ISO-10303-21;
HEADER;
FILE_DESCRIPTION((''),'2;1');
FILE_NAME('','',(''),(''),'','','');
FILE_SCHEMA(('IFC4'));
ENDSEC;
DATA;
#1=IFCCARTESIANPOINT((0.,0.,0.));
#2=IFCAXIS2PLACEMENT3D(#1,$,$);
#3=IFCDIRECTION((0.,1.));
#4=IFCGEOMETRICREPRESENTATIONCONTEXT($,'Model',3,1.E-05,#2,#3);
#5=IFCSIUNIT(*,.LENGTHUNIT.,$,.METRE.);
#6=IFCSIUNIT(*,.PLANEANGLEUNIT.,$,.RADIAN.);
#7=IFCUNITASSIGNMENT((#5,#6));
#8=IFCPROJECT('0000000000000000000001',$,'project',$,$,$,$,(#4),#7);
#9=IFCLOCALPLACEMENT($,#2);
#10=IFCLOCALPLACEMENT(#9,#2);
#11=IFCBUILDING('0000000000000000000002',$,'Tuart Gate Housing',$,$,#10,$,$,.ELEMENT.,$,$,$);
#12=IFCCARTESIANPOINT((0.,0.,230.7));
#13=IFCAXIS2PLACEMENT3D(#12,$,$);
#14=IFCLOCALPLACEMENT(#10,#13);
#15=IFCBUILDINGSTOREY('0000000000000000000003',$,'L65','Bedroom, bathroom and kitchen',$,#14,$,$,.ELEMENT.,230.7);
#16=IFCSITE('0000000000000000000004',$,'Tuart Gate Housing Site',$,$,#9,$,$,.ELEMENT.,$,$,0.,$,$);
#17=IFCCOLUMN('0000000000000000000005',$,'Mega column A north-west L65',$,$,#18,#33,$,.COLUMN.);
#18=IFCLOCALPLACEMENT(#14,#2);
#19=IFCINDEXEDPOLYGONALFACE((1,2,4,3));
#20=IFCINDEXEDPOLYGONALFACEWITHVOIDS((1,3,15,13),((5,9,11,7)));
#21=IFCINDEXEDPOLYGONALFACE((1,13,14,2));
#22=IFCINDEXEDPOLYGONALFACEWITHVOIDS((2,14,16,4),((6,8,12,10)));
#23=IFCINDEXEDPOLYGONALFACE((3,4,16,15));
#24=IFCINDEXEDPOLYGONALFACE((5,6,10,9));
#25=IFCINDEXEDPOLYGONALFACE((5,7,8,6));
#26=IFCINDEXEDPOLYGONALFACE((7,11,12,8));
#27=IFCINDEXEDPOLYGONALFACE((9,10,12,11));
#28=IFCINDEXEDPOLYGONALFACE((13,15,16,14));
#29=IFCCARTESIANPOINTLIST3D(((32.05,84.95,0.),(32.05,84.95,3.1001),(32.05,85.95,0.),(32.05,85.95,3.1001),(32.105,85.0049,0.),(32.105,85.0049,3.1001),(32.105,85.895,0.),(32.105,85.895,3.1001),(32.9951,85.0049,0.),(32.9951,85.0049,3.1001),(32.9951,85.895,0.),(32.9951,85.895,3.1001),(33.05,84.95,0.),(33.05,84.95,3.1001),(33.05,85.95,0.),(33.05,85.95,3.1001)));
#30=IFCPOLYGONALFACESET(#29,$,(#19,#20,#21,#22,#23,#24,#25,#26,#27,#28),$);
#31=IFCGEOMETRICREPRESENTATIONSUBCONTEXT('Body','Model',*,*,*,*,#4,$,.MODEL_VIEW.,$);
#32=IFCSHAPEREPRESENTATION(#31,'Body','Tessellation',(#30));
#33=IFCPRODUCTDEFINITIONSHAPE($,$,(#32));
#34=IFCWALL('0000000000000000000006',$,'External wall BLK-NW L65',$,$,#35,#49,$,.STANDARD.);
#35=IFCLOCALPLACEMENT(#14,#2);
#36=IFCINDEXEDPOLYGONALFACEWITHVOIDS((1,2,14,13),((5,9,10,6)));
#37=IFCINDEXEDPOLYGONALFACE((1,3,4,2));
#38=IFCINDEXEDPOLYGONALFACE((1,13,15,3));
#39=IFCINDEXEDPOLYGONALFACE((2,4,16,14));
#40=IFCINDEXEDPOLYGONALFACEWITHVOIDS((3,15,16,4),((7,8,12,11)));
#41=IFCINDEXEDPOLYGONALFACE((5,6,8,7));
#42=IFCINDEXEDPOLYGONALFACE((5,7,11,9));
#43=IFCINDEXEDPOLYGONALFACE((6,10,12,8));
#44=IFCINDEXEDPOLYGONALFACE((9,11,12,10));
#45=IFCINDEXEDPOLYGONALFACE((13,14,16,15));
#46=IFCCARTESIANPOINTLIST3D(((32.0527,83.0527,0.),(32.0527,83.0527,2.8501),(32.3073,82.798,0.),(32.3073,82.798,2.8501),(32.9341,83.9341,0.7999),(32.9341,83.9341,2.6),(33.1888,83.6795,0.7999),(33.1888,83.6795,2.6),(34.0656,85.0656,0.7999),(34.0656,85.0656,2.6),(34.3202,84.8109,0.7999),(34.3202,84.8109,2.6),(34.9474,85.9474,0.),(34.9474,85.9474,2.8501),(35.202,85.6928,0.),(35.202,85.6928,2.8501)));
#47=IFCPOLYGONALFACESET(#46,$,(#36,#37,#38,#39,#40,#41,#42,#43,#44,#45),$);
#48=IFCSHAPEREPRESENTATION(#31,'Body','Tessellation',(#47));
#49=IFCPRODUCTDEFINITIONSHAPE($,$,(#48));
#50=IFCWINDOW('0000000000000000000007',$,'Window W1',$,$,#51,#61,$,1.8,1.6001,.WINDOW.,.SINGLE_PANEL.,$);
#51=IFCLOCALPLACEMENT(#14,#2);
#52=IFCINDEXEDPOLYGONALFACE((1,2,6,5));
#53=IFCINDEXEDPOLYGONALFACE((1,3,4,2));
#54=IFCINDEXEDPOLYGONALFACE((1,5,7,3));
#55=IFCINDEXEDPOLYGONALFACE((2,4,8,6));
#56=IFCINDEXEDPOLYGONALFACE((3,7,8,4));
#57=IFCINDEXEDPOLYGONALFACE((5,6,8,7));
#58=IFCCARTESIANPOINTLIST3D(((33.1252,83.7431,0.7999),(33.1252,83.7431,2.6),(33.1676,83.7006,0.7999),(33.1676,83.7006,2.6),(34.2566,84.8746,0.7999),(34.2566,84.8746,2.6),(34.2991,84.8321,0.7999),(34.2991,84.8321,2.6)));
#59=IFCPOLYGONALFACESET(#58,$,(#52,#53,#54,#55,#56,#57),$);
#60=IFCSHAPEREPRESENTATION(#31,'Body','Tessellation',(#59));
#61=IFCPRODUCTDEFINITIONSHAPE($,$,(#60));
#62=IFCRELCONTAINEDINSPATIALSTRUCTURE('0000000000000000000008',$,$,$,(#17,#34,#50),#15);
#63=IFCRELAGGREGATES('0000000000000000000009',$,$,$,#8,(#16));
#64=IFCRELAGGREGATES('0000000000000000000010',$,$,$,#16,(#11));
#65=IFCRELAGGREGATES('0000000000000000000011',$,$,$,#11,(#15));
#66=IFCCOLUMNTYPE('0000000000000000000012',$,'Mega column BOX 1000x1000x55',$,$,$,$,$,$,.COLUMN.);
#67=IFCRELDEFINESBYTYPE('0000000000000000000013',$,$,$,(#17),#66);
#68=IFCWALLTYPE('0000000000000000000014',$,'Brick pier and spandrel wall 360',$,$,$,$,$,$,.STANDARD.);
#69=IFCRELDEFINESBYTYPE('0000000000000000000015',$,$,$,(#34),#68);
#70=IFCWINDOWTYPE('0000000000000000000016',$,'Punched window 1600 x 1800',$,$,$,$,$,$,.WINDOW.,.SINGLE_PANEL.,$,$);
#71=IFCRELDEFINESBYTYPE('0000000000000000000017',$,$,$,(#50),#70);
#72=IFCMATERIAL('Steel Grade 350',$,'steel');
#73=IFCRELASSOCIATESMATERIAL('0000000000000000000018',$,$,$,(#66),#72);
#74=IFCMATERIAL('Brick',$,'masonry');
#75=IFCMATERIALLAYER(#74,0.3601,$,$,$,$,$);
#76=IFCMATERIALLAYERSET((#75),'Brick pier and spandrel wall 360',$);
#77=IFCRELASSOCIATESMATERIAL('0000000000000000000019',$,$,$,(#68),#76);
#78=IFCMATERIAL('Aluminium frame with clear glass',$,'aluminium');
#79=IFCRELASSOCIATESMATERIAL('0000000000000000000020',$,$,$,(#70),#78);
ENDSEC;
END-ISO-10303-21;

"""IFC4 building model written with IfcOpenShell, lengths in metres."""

from ifc_helpers import new_model, si_unit, direction, frame, frame_2d, origin, origin_2d, place, context, subcontext, project, spatial, rectangle, hollow_rectangle, extrude, material, layer, layer_set, material_profile, profile_set, type_object, element, fill, save


model = new_model("IFC4")

# Units and contexts
model_context = context("Model", 3, precision=1e-05, world=origin(), true_north=direction((0.0, 1.0)))
body_context = subcontext(model_context, "Body", "Model", "MODEL_VIEW")
ifc_project = project(units=[si_unit("LENGTHUNIT", "METRE"), si_unit("PLANEANGLEUNIT", "RADIAN")], contexts=[model_context])

# Site, building, storey
site_placement = place(None, origin())
site = spatial("IfcSite", under=ifc_project, at=site_placement, Name="Tuart Gate Housing Site", CompositionType="ELEMENT", RefElevation=0.0)
building_placement = place(site_placement, origin())
building = spatial("IfcBuilding", under=site, at=building_placement, Name="Tuart Gate Housing", CompositionType="ELEMENT")
storey_placement = place(building_placement, frame((0.0, 0.0, 230.7)))
storey = spatial("IfcBuildingStorey", under=building, at=storey_placement, Name="L65", Description="Bedroom, bathroom and kitchen", CompositionType="ELEMENT", Elevation=230.7)

# Column
ifc_material_1 = material(Name="Steel Grade 350", Category="steel")
ifc_material_profile = material_profile(ifc_material_1, hollow_rectangle(XDim=1.0, YDim=1.0, WallThickness=0.0549, at=origin_2d()), Name="BOX 1000x1000x55")
ifc_profile_set = profile_set([ifc_material_profile], Name="Steel Grade 350")
column_type = type_object("IfcColumnType", Name="Mega column BOX 1000x1000x55", PredefinedType="COLUMN", material=ifc_profile_set)
column_placement = place(storey_placement, frame((32.55, 85.45, 0.0), z_axis=(0.0, 0.0, 1.0), x_axis=(1.0, 0.0, 0.0)))
element("IfcColumn", 1, at=column_placement, inside=storey, type_object=column_type, Name="Mega column A north-west L65", PredefinedType="COLUMN", context=body_context, shape_type="SweptSolid", body=[
    extrude(hollow_rectangle(XDim=1.0, YDim=1.0, WallThickness=0.0549, at=origin_2d()), origin(), (0.0, 0.0, 1.0), 3.1001),
])

# Wall, opening, window
ifc_material_2 = material(Name="Brick", Category="masonry")
ifc_layer_1 = layer(ifc_material_2, 0.3601)
ifc_layer_set_1 = layer_set([ifc_layer_1], Name="Brick pier and spandrel wall 360")
wall_type_1 = type_object("IfcWallType", Name="Brick pier and spandrel wall 360", PredefinedType="STANDARD", material=ifc_layer_set_1)
wall_1_placement = place(storey_placement, frame((35.0747, 85.8201, 0.0), z_axis=(0.0, 0.0, 1.0), x_axis=(-0.707107, -0.707107, 0.0)))
wall_1 = element("IfcWall", 2, at=wall_1_placement, inside=storey, type_object=wall_type_1, Name="External wall BLK-NW L65", PredefinedType="STANDARD", context=body_context, shape_type="SweptSolid", body=[
    extrude(rectangle(XDim=4.0938, YDim=0.3601, at=frame_2d((2.0469, 0.0))), origin(), (0.0, 0.0, 1.0), 2.8501),
])
opening_1_placement = place(wall_1_placement, frame((1.2471, 0.0, 0.8)))
opening_1 = element("IfcOpeningElement", 3, at=opening_1_placement, cuts=wall_1, PredefinedType="OPENING", context=body_context, shape_type="SweptSolid", body=[
    extrude(rectangle(XDim=1.6001, YDim=1.8, at=frame_2d((0.8, 0.8999))), frame((0.0, 0.1899, 0.0), z_axis=(0.0, -1.0, 0.0), x_axis=(1.0, 0.0, 0.0)), (0.0, 0.0, 1.0), 0.3801),
])
ifc_material_3 = material(Name="Aluminium frame with clear glass", Category="aluminium")
window_type_1 = type_object("IfcWindowType", Name="Punched window 1600 x 1800", PartitioningType="SINGLE_PANEL", PredefinedType="WINDOW", material=ifc_material_3)
window_1_placement = place(opening_1_placement, origin())
window_1 = element("IfcWindow", 4, at=window_1_placement, inside=storey, type_object=window_type_1, Name="Window W1", OverallHeight=1.8, OverallWidth=1.6001, PartitioningType="SINGLE_PANEL", PredefinedType="WINDOW", context=body_context, shape_type="SweptSolid", body=[
    extrude(rectangle(XDim=1.6001, YDim=1.8, at=frame_2d((0.8, 0.8999))), frame((0.0, 0.1501, 0.0), z_axis=(0.0, -1.0, 0.0), x_axis=(1.0, 0.0, 0.0)), (0.0, 0.0, 1.0), 0.0601),
])
fill(opening_1, window_1)

save(model, "model.ifc")
